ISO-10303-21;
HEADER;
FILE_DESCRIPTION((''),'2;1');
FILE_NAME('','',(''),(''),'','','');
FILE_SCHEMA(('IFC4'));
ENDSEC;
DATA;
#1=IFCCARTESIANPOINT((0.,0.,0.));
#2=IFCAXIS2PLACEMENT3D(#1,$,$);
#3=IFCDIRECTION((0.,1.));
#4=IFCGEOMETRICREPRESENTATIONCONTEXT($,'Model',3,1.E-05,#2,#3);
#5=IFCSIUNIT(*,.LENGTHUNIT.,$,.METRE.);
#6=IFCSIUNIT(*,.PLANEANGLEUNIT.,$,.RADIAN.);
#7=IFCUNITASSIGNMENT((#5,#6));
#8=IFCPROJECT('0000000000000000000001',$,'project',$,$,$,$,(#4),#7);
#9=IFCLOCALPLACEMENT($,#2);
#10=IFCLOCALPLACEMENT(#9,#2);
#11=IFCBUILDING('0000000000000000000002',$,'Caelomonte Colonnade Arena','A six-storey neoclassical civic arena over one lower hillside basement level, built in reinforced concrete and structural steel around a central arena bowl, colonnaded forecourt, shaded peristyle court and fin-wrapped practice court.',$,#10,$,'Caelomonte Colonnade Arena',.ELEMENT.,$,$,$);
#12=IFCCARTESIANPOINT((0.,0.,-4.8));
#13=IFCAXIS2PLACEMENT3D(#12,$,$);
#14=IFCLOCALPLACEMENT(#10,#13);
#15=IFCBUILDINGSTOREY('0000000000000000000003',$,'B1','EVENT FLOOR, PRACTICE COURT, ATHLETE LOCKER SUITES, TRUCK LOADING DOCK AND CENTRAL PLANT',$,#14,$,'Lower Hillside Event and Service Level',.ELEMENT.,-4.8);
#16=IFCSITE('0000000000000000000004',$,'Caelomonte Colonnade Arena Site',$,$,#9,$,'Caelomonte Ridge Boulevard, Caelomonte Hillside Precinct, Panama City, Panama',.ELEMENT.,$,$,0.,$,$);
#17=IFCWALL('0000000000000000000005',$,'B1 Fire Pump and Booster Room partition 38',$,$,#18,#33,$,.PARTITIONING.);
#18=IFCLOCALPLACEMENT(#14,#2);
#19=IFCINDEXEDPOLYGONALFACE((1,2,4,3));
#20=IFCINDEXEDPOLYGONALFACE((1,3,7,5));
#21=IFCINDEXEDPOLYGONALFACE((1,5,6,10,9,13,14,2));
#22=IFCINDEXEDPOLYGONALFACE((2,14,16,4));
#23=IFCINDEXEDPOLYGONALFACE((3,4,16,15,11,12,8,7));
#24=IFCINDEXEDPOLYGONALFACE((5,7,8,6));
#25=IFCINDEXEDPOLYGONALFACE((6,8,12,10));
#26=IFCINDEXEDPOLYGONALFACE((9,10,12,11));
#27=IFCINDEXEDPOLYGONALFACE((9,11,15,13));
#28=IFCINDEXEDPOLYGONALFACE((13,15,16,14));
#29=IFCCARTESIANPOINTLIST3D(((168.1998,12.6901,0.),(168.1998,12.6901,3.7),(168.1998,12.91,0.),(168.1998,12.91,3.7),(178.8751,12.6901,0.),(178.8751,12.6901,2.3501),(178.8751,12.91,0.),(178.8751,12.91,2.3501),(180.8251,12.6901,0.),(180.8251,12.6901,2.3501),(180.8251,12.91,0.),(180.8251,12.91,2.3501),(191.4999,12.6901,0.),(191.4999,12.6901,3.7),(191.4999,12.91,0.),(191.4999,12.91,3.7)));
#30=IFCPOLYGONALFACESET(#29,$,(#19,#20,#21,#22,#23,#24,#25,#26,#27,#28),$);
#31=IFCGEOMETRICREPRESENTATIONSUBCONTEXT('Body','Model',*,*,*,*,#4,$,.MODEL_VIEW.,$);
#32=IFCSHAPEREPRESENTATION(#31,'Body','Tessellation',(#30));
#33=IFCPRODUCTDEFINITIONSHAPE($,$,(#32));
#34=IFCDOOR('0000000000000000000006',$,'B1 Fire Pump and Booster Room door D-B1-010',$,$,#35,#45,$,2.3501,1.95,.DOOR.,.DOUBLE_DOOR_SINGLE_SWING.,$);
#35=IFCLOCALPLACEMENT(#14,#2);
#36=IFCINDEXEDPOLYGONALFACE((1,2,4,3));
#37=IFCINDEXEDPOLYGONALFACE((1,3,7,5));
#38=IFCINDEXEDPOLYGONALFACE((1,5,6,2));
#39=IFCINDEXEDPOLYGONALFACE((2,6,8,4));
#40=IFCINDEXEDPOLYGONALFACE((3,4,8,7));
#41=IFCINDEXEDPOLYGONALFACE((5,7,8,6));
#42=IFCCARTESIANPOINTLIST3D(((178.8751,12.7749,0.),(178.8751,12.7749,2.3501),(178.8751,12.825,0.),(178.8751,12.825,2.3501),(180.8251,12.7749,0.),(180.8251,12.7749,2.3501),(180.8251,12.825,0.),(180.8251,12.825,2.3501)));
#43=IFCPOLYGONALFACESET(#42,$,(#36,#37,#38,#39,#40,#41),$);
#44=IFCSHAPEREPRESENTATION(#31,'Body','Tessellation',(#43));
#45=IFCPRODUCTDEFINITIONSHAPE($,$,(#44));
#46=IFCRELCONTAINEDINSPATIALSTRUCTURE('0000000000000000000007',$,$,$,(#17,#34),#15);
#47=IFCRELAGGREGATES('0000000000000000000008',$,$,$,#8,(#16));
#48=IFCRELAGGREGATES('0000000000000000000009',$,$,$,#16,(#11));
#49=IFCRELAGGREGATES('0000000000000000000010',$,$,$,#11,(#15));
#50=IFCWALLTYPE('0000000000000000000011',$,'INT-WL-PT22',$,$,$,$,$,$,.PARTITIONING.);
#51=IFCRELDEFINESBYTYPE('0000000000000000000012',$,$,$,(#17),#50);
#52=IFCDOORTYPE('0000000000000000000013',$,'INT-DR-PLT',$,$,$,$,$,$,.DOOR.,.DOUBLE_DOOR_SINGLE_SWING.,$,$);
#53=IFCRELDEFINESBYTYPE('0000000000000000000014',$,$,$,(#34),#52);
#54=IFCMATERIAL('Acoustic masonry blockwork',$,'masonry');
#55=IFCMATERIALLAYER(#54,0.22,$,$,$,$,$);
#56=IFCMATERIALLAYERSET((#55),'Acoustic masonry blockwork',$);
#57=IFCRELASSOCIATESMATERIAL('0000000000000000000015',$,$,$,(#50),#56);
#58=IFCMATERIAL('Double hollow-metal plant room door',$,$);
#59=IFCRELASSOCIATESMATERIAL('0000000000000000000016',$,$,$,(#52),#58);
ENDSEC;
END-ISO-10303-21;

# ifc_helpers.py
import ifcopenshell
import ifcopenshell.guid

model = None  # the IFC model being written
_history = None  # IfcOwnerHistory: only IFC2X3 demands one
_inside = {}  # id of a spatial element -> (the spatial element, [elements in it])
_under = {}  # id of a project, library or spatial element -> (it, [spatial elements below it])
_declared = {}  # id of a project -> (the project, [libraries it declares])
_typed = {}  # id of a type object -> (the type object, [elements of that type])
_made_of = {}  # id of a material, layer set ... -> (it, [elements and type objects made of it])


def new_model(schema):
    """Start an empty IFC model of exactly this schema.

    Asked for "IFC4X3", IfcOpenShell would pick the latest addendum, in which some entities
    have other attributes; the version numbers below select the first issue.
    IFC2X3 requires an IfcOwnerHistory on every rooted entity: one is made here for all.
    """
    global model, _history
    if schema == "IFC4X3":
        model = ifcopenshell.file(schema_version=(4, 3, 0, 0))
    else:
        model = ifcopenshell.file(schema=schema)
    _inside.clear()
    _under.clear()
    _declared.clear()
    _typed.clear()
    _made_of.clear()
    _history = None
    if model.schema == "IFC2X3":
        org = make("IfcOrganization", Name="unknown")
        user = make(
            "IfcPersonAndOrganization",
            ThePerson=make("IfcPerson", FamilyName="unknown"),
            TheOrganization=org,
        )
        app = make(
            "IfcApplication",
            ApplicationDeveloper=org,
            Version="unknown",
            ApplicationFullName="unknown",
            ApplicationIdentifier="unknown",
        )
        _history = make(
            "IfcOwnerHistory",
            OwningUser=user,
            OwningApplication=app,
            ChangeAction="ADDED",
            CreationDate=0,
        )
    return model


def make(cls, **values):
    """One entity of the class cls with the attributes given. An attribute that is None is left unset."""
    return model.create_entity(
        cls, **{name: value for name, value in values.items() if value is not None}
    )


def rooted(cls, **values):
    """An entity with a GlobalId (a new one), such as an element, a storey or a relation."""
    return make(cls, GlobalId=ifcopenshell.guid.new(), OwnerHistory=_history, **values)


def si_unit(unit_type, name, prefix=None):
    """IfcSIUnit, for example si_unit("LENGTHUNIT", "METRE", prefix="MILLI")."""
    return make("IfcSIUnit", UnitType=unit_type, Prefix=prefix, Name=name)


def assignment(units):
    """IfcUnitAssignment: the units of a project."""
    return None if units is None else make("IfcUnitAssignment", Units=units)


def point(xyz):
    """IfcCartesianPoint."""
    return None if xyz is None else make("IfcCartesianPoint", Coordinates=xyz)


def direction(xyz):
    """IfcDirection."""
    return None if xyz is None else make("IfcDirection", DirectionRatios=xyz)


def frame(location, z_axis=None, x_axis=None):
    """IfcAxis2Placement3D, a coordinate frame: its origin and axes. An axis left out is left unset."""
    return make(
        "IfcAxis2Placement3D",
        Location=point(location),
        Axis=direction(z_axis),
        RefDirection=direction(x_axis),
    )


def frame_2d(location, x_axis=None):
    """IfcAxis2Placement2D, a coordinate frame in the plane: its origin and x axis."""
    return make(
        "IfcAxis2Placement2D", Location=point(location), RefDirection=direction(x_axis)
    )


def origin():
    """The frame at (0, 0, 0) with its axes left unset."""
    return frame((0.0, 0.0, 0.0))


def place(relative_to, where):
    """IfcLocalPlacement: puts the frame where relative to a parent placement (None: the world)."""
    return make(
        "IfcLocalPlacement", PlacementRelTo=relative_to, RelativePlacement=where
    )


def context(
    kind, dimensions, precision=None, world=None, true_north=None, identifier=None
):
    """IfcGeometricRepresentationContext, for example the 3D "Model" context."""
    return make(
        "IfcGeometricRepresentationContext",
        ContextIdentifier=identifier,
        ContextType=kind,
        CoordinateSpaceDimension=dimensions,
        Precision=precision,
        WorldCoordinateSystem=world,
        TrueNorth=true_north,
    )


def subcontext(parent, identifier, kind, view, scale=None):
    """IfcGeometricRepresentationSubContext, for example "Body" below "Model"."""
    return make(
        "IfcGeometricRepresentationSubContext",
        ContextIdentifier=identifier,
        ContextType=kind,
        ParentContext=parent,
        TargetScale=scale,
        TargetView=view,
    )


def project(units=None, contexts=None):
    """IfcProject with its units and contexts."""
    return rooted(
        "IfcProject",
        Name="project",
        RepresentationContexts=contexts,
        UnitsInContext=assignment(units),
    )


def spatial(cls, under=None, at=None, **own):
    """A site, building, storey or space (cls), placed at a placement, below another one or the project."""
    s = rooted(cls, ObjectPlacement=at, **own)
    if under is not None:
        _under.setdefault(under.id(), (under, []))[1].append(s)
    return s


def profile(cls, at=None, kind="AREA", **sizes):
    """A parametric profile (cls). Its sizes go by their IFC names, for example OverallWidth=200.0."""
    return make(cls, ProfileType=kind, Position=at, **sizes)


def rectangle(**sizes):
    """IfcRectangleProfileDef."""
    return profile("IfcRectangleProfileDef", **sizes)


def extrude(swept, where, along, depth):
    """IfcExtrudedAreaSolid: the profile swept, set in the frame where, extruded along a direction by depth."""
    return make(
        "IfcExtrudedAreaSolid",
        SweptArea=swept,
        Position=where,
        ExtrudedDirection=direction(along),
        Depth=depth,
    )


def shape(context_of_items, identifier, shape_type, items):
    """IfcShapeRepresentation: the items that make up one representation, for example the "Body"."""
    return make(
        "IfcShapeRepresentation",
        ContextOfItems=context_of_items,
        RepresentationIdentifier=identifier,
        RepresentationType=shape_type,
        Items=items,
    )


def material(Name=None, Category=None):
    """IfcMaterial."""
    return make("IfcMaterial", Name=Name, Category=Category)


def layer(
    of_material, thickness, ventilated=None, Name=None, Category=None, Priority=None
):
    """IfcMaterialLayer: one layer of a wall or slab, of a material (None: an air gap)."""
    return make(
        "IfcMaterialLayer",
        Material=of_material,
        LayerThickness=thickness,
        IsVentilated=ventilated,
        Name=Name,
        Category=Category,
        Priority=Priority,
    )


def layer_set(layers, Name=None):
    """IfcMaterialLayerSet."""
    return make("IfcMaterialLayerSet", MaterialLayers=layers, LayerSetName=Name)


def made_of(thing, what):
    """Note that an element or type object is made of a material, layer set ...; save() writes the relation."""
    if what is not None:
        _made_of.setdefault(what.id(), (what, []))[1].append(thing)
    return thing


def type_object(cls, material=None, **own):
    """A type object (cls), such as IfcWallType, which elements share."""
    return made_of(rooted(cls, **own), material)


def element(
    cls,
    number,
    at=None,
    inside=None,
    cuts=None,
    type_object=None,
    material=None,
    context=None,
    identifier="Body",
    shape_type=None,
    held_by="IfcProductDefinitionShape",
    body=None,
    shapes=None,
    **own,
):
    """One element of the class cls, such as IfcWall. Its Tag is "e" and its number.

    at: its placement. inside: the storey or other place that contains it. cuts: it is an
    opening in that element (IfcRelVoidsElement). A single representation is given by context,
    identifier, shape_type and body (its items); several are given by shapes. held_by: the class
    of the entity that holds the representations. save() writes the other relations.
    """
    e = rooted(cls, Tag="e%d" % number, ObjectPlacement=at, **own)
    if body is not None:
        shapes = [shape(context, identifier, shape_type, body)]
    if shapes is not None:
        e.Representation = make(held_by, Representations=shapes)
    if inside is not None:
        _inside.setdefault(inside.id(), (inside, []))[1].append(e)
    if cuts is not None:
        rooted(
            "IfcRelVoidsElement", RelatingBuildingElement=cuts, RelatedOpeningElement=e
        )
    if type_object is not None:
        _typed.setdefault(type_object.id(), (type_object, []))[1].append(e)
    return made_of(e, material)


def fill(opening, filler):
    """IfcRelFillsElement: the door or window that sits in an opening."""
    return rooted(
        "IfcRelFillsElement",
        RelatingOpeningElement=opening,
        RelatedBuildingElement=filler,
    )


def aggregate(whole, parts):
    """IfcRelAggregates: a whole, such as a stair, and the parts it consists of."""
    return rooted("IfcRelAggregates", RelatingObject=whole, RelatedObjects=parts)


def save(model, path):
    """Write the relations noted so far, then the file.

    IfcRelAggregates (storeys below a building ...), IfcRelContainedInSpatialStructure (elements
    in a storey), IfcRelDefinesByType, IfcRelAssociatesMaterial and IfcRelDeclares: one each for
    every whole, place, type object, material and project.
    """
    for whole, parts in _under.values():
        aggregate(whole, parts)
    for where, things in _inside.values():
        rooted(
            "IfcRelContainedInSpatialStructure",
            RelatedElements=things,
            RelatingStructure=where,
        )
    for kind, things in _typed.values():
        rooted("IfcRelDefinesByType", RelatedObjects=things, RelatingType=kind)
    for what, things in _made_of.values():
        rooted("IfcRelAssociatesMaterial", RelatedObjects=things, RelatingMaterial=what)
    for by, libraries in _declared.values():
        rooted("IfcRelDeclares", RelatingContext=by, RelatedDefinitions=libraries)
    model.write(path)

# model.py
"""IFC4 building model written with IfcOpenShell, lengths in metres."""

from ifc_helpers import new_model, si_unit, direction, frame, frame_2d, origin, place, context, subcontext, project, spatial, rectangle, extrude, material, layer, layer_set, type_object, element, fill, save


model = new_model("IFC4")

# Units and contexts
model_context = context("Model", 3, precision=1e-05, world=origin(), true_north=direction((0.0, 1.0)))
body_context = subcontext(model_context, "Body", "Model", "MODEL_VIEW")
ifc_project = project(units=[si_unit("LENGTHUNIT", "METRE"), si_unit("PLANEANGLEUNIT", "RADIAN")], contexts=[model_context])

# Site, building, storey
site_placement = place(None, origin())
site = spatial("IfcSite", under=ifc_project, at=site_placement, Name="Caelomonte Colonnade Arena Site", LongName="Caelomonte Ridge Boulevard, Caelomonte Hillside Precinct, Panama City, Panama", CompositionType="ELEMENT", RefElevation=0.0)
building_placement = place(site_placement, origin())
building = spatial("IfcBuilding", under=site, at=building_placement, Name="Caelomonte Colonnade Arena", Description="A six-storey neoclassical civic arena over one lower hillside basement level, built in reinforced concrete and structural steel around a central arena bowl, colonnaded forecourt, shaded peristyle court and fin-wrapped practice court.", LongName="Caelomonte Colonnade Arena", CompositionType="ELEMENT")
storey_placement = place(building_placement, frame((0.0, 0.0, -4.8)))
storey = spatial("IfcBuildingStorey", under=building, at=storey_placement, Name="B1", Description="EVENT FLOOR, PRACTICE COURT, ATHLETE LOCKER SUITES, TRUCK LOADING DOCK AND CENTRAL PLANT", LongName="Lower Hillside Event and Service Level", CompositionType="ELEMENT", Elevation=-4.8)

# Shared definitions
ifc_material_1 = material(Name="Acoustic masonry blockwork", Category="masonry")
ifc_layer_1 = layer(ifc_material_1, 0.22)
ifc_layer_set_1 = layer_set([ifc_layer_1], Name="Acoustic masonry blockwork")
wall_type_1 = type_object("IfcWallType", Name="INT-WL-PT22", PredefinedType="PARTITIONING", material=ifc_layer_set_1)

# Wall, opening, door
wall_1_placement = place(storey_placement, frame((168.2, 12.8, 0.0), z_axis=(0.0, 0.0, 1.0), x_axis=(1.0, 0.0, 0.0)))
wall_1 = element("IfcWall", 1, at=wall_1_placement, inside=storey, type_object=wall_type_1, Name="B1 Fire Pump and Booster Room partition 38", PredefinedType="PARTITIONING", context=body_context, shape_type="SweptSolid", body=[
    extrude(rectangle(XDim=23.3, YDim=0.22, at=frame_2d((11.6499, 0.0))), origin(), (0.0, 0.0, 1.0), 3.7),
])
opening_placement = place(wall_1_placement, frame((10.675, 0.0, 0.0), z_axis=(0.0, 0.0, 1.0), x_axis=(1.0, 0.0, 0.0)))
opening = element("IfcOpeningElement", 2, at=opening_placement, cuts=wall_1, PredefinedType="OPENING", context=body_context, shape_type="SweptSolid", body=[
    extrude(rectangle(XDim=1.95, YDim=2.3501, at=frame_2d((0.9751, 1.175))), frame((0.0, 0.1199, 0.0), z_axis=(0.0, -1.0, 0.0), x_axis=(1.0, 0.0, 0.0)), (0.0, 0.0, 1.0), 0.24),
])
ifc_material_2 = material(Name="Double hollow-metal plant room door")
door_type = type_object("IfcDoorType", Name="INT-DR-PLT", OperationType="DOUBLE_DOOR_SINGLE_SWING", PredefinedType="DOOR", material=ifc_material_2)
door_placement = place(opening_placement, origin())
door = element("IfcDoor", 3, at=door_placement, inside=storey, type_object=door_type, Name="B1 Fire Pump and Booster Room door D-B1-010", OperationType="DOUBLE_DOOR_SINGLE_SWING", OverallHeight=2.3501, OverallWidth=1.95, PredefinedType="DOOR", context=body_context, shape_type="SweptSolid", body=[
    extrude(rectangle(XDim=1.95, YDim=2.3501, at=frame_2d((0.9751, 1.175))), frame((0.0, 0.0249, 0.0), z_axis=(0.0, -1.0, 0.0), x_axis=(1.0, 0.0, 0.0)), (0.0, 0.0, 1.0), 0.05),
])
fill(opening, door)

save(model, "model.ifc")
